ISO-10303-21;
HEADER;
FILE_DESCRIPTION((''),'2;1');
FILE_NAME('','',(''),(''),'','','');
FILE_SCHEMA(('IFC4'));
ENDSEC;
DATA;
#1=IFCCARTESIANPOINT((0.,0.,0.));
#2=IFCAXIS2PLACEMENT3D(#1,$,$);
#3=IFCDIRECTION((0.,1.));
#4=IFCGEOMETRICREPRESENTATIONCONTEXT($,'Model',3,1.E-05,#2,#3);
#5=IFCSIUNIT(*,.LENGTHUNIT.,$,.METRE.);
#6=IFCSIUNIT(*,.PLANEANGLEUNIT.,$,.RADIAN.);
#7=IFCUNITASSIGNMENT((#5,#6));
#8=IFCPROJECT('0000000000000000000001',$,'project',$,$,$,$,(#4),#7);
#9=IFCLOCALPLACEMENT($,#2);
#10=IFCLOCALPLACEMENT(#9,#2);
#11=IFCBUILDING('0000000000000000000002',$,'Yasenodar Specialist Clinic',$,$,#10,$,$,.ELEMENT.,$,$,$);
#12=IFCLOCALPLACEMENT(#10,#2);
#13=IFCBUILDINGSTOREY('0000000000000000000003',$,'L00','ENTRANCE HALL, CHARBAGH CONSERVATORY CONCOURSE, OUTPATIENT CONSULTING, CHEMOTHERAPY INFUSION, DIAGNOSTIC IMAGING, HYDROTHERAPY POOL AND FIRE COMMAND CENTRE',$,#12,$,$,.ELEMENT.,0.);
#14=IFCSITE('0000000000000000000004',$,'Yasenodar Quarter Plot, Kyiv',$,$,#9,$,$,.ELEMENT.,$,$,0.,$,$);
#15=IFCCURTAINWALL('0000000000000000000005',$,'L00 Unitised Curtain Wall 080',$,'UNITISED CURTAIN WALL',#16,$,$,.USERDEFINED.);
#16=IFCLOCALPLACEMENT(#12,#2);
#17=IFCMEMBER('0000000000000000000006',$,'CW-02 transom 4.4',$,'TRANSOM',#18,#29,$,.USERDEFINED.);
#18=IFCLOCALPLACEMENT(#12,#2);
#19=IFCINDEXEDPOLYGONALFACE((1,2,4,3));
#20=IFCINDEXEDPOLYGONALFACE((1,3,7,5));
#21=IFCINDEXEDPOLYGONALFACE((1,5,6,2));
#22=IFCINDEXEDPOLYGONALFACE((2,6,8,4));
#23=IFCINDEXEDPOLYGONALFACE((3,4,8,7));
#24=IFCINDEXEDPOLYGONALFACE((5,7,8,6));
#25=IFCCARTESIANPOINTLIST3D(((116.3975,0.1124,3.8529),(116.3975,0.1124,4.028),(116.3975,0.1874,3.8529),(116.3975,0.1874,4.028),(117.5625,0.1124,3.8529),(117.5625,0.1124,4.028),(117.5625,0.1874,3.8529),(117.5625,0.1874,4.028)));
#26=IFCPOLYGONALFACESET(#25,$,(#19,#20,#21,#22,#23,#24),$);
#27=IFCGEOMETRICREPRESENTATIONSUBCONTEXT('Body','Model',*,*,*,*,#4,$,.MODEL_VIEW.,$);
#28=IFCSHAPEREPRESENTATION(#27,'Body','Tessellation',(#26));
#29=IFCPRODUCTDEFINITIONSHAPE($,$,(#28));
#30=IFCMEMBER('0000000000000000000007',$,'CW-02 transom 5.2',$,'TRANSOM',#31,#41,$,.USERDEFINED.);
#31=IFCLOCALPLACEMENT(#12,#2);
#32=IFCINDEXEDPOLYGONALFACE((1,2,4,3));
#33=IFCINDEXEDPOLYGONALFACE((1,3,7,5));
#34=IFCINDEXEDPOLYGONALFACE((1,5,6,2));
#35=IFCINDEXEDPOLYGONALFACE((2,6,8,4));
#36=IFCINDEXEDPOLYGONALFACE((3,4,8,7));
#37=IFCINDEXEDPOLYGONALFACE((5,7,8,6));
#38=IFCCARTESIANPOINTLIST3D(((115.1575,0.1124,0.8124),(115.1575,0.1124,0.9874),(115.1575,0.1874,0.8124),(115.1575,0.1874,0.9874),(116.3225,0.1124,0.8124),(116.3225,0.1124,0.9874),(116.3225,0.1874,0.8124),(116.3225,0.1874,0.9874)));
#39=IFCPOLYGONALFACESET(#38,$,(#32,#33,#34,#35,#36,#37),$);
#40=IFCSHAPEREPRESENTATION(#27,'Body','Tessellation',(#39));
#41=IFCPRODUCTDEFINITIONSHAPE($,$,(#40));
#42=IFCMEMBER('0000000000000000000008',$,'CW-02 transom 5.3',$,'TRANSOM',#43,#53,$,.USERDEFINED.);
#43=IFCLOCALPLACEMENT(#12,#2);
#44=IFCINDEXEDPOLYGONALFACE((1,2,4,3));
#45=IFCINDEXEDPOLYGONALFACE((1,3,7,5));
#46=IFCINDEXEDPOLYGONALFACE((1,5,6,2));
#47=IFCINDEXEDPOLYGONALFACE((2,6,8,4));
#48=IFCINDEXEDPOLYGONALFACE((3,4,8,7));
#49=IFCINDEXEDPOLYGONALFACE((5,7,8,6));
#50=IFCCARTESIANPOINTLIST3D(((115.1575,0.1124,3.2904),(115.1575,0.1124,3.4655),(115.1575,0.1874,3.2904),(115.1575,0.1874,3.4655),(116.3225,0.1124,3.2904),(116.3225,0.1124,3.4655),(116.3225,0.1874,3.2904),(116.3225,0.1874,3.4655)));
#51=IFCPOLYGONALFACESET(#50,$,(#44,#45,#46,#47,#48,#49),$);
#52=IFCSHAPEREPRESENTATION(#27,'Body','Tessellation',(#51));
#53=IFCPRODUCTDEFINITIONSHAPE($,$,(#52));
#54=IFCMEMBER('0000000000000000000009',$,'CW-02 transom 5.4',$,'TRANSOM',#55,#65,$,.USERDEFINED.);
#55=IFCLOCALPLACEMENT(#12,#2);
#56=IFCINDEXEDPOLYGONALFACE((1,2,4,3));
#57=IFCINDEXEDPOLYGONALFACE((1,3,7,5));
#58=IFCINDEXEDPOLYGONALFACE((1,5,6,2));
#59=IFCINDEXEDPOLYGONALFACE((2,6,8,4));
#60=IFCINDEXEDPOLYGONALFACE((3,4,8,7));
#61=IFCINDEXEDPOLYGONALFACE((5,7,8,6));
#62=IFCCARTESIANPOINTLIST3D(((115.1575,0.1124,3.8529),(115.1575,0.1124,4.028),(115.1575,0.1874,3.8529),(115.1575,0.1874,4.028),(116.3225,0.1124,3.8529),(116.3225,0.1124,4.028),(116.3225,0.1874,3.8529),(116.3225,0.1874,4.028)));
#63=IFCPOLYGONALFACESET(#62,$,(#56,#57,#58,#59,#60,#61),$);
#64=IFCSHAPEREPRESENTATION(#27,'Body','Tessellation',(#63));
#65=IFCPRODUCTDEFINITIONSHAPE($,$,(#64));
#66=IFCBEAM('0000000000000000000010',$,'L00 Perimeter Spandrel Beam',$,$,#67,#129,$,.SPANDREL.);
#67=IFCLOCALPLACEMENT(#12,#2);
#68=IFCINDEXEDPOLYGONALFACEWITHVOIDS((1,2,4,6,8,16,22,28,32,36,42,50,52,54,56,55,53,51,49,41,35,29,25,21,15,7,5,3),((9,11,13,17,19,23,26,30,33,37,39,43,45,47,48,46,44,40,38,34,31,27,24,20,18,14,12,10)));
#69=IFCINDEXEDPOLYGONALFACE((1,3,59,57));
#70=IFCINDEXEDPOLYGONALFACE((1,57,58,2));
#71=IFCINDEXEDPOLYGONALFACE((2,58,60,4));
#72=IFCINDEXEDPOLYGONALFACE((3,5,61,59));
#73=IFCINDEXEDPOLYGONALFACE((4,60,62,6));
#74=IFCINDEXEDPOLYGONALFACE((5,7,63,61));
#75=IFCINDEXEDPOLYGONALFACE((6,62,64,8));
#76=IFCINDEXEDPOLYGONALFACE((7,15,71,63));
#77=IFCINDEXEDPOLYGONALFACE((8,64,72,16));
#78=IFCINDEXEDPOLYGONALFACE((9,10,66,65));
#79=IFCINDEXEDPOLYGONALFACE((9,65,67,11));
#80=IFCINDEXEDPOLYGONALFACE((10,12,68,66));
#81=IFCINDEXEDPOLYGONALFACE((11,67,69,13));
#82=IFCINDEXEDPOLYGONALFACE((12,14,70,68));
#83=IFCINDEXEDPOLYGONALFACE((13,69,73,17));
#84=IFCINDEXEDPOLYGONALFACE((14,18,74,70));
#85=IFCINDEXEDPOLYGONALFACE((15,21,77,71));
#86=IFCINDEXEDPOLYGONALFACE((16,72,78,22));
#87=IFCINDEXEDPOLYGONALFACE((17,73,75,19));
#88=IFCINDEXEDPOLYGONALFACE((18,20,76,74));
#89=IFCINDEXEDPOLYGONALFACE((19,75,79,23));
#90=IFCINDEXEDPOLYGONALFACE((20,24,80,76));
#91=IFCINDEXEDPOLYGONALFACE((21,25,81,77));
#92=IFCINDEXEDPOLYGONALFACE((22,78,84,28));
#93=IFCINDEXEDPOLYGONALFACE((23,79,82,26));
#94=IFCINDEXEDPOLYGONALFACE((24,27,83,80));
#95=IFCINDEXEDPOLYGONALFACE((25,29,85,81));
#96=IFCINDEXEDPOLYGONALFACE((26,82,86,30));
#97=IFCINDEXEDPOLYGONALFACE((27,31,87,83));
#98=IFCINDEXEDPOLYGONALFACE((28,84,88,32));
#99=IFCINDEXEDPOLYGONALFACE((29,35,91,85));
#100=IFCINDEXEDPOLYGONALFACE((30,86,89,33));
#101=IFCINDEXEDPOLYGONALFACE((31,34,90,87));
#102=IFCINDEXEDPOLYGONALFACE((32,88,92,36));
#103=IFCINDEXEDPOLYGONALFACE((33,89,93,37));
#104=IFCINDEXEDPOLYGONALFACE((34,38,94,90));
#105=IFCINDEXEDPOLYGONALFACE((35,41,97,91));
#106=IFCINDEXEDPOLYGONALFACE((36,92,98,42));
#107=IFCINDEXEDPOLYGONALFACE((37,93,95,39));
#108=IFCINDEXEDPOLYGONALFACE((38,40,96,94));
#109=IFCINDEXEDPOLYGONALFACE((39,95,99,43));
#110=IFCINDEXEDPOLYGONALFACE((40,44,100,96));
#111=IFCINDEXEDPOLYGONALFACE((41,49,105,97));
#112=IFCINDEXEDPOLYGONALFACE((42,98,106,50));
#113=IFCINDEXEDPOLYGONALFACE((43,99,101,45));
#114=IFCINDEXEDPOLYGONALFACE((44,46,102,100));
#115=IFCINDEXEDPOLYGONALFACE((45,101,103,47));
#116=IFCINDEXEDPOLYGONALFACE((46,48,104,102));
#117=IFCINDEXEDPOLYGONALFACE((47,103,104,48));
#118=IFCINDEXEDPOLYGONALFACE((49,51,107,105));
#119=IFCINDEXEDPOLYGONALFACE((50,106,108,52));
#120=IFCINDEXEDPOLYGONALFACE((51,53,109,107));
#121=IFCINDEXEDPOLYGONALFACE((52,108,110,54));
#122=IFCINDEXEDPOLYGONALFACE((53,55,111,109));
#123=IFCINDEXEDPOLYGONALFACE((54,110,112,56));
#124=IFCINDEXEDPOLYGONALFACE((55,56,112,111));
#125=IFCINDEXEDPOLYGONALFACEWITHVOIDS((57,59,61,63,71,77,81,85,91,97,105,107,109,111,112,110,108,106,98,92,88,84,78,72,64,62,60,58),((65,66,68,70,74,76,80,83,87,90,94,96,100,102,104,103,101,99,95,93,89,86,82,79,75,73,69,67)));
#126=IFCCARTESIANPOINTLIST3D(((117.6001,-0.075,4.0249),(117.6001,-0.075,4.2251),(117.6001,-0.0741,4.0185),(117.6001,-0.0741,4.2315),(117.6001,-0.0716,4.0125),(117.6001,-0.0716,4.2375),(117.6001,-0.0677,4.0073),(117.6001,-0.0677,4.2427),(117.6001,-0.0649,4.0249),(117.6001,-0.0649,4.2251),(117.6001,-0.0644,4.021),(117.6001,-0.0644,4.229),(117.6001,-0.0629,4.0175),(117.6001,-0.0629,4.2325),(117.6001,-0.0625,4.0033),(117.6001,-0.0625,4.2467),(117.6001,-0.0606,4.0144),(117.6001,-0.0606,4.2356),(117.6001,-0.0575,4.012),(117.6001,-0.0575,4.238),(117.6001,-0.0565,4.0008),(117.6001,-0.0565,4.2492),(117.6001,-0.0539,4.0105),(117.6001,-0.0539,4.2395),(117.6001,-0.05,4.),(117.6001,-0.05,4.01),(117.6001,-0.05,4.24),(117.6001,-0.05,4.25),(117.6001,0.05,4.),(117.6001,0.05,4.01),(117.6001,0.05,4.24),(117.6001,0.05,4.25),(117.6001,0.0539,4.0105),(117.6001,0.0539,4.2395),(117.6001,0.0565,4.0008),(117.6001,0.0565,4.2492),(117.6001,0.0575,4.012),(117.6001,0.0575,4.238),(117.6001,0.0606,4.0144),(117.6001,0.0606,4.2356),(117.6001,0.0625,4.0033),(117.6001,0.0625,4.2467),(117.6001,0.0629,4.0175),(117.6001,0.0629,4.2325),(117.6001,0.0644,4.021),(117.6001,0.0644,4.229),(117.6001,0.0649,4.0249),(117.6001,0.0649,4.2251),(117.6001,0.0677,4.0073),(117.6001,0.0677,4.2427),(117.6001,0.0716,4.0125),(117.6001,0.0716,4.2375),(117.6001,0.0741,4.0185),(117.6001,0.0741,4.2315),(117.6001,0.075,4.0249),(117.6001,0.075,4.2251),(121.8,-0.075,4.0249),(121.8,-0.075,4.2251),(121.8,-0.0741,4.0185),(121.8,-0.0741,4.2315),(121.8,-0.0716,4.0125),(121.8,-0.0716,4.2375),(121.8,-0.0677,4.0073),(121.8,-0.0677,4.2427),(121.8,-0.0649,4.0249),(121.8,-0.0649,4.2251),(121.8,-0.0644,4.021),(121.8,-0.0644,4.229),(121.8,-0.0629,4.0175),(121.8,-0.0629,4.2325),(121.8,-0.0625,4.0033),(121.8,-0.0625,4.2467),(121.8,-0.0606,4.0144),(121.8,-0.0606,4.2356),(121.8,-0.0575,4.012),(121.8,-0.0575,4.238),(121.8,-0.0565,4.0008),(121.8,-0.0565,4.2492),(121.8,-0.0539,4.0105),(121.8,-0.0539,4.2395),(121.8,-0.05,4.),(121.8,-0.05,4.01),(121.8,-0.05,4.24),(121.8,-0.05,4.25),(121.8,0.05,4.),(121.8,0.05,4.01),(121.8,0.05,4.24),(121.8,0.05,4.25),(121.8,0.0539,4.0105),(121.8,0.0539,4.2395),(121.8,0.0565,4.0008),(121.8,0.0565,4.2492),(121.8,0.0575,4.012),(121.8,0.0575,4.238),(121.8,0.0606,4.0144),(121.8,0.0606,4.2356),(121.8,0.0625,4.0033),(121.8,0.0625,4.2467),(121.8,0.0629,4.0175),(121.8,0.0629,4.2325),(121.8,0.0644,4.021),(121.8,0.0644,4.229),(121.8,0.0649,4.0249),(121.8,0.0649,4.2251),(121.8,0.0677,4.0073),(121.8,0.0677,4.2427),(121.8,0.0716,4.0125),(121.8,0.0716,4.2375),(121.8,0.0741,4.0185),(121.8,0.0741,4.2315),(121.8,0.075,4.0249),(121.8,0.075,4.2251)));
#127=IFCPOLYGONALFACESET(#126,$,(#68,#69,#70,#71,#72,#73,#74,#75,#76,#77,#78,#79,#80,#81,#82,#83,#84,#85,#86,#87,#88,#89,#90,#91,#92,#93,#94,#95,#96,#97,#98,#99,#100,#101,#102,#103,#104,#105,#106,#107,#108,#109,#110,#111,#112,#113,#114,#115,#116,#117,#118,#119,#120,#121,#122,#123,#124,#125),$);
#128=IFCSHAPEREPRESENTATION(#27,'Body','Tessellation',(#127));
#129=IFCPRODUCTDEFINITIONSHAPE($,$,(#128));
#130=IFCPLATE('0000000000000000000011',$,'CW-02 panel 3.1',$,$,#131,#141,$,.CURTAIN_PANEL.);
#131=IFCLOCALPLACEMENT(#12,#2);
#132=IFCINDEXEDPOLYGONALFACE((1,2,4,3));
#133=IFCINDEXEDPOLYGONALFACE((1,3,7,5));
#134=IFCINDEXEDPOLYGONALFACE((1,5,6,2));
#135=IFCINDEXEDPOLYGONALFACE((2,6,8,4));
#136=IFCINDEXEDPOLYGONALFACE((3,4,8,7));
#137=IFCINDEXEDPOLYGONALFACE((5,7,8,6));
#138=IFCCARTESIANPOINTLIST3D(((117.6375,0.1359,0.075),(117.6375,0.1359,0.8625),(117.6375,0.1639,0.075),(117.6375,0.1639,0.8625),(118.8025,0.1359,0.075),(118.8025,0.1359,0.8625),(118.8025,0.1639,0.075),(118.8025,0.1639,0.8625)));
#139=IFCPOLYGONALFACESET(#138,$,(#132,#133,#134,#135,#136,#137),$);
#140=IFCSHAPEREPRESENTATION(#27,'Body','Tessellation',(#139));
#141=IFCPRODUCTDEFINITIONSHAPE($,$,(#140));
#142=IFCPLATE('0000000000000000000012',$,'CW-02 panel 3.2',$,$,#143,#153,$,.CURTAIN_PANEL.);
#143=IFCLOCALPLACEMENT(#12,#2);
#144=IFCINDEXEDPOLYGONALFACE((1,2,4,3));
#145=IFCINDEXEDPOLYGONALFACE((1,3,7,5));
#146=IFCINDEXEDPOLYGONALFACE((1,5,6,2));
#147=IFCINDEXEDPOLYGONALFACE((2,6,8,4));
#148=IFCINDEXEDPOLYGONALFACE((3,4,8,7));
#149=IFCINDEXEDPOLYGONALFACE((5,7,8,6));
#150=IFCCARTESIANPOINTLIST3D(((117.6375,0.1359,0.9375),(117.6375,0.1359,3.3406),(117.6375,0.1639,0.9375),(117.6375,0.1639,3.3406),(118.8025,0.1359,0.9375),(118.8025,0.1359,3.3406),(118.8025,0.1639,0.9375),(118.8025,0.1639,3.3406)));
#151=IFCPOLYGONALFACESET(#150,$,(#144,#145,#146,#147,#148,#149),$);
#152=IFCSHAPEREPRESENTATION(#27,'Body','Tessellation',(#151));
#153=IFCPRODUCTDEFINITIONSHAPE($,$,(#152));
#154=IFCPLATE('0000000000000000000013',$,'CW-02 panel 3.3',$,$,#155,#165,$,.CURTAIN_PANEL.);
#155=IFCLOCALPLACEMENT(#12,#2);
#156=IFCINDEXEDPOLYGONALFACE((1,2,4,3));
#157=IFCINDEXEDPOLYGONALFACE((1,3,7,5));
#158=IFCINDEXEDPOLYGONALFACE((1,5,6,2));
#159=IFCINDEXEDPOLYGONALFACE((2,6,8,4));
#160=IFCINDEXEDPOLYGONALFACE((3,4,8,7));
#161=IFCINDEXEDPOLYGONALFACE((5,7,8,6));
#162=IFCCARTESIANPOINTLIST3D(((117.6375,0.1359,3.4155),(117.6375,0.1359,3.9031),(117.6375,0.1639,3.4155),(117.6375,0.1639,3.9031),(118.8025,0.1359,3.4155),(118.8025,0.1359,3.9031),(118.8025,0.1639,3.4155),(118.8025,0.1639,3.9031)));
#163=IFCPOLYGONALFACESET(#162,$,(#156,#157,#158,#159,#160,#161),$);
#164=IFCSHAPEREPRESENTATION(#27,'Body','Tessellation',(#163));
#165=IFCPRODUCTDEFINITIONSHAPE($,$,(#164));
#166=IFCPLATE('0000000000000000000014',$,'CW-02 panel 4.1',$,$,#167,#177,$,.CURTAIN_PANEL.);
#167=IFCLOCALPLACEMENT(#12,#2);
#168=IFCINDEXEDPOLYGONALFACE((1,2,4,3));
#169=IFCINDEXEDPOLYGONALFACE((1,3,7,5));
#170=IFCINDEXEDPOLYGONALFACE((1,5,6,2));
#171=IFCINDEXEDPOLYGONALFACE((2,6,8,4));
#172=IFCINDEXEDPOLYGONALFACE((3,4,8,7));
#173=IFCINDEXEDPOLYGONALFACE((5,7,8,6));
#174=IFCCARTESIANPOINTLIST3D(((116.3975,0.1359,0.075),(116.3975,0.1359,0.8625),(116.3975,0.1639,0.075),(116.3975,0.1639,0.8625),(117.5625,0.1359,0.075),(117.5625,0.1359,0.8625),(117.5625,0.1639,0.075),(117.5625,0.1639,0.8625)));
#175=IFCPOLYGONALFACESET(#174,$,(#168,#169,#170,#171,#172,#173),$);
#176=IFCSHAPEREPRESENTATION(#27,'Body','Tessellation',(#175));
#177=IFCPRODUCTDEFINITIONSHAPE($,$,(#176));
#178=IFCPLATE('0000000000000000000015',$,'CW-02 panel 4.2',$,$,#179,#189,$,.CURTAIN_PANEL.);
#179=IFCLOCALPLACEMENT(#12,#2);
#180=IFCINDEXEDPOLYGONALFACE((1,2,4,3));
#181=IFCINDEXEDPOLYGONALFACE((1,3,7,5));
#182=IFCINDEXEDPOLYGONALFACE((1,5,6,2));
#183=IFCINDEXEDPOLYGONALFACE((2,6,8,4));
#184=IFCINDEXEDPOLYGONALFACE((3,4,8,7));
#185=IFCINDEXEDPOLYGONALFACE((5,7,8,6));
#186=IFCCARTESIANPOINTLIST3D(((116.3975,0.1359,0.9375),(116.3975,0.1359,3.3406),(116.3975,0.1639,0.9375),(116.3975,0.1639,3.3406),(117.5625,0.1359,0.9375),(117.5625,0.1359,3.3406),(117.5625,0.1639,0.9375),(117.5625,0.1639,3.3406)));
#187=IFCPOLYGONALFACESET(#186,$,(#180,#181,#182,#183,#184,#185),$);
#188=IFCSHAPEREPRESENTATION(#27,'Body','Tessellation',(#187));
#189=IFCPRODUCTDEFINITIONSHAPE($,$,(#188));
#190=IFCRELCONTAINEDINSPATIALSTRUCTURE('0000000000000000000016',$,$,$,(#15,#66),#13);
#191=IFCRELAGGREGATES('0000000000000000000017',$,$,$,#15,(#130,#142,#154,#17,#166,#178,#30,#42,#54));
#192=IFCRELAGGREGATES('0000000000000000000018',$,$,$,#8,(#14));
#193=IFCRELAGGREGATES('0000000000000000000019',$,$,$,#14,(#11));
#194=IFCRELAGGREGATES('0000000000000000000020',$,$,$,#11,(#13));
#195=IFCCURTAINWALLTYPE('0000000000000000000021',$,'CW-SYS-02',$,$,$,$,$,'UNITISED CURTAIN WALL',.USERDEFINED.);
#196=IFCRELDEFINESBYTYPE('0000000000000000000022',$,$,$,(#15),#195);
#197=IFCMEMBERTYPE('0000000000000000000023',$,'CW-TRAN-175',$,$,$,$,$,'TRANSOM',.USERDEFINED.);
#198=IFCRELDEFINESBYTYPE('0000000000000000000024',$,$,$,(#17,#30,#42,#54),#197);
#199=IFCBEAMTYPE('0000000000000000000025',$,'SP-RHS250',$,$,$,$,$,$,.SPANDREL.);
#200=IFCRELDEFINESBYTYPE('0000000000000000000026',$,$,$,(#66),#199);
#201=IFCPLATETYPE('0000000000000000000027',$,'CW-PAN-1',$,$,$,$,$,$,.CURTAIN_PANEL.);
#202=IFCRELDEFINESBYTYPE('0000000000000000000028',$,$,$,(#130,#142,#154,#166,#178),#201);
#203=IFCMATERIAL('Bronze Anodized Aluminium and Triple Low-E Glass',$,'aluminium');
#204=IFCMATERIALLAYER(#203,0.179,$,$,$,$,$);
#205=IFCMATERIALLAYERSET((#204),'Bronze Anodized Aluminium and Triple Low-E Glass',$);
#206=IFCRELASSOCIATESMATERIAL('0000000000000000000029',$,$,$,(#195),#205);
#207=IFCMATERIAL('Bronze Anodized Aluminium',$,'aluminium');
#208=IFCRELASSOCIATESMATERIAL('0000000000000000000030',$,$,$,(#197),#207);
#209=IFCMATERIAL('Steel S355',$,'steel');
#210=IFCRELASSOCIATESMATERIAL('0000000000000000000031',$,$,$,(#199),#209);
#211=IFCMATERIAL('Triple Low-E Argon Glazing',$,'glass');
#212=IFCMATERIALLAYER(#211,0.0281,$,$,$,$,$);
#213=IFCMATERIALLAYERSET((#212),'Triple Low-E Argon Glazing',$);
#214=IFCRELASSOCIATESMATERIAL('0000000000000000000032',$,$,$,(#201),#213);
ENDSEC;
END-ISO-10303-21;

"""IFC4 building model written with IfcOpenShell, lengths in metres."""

from ifc_helpers import new_model, si_unit, direction, frame, origin, origin_2d, place, context, subcontext, project, spatial, rectangle, hollow_rectangle, extrude, material, layer, layer_set, material_profile, profile_set, type_object, element, aggregate, save


model = new_model("IFC4")

# Units and contexts
model_context = context("Model", 3, precision=1e-05, world=origin(), true_north=direction((0.0, 1.0)))
body_context = subcontext(model_context, "Body", "Model", "MODEL_VIEW")
ifc_project = project(units=[si_unit("LENGTHUNIT", "METRE"), si_unit("PLANEANGLEUNIT", "RADIAN")], contexts=[model_context])

# Site, building, storey
site_placement = place(None, origin())
site = spatial("IfcSite", under=ifc_project, at=site_placement, Name="Yasenodar Quarter Plot, Kyiv", CompositionType="ELEMENT", RefElevation=0.0)
building_placement = place(site_placement, origin())
building = spatial("IfcBuilding", under=site, at=building_placement, Name="Yasenodar Specialist Clinic", CompositionType="ELEMENT")
storey_placement = place(building_placement, origin())
storey = spatial("IfcBuildingStorey", under=building, at=storey_placement, Name="L00", Description="ENTRANCE HALL, CHARBAGH CONSERVATORY CONCOURSE, OUTPATIENT CONSULTING, CHEMOTHERAPY INFUSION, DIAGNOSTIC IMAGING, HYDROTHERAPY POOL AND FIRE COMMAND CENTRE", CompositionType="ELEMENT", Elevation=0.0)

# Shared definitions
ifc_material_1 = material(Name="Steel S355", Category="steel")

# Curtain wall, members
ifc_material_2 = material(Name="Bronze Anodized Aluminium and Triple Low-E Glass", Category="aluminium")
ifc_layer_1 = layer(ifc_material_2, 0.179)
ifc_layer_set_1 = layer_set([ifc_layer_1], Name="Bronze Anodized Aluminium and Triple Low-E Glass")
curtain_wall_type = type_object("IfcCurtainWallType", Name="CW-SYS-02", ElementType="UNITISED CURTAIN WALL", PredefinedType="USERDEFINED", material=ifc_layer_set_1)
curtain_wall_placement = place(storey_placement, origin())
curtain_wall = element("IfcCurtainWall", 1, at=curtain_wall_placement, inside=storey, type_object=curtain_wall_type, Name="L00 Unitised Curtain Wall 080", ObjectType="UNITISED CURTAIN WALL", PredefinedType="USERDEFINED")
ifc_material_3 = material(Name="Bronze Anodized Aluminium", Category="aluminium")
ifc_material_profile_1 = material_profile(ifc_material_3, rectangle(XDim=0.075, YDim=0.175, at=origin_2d()), Name="CW-TRAN 75x175")
ifc_profile_set_1 = profile_set([ifc_material_profile_1], Name="Bronze Anodized Aluminium")
member_type_1 = type_object("IfcMemberType", Name="CW-TRAN-175", ElementType="TRANSOM", PredefinedType="USERDEFINED", material=ifc_profile_set_1)
member_1_placement = place(storey_placement, frame((117.5625, 0.1499, 3.9404), z_axis=(-1.0, 0.0, 0.0), x_axis=(0.0, -1.0, 0.0)))
member_1 = element("IfcMember", 2, at=member_1_placement, type_object=member_type_1, Name="CW-02 transom 4.4", ObjectType="TRANSOM", PredefinedType="USERDEFINED", context=body_context, shape_type="SweptSolid", body=[
    extrude(rectangle(XDim=0.075, YDim=0.175, at=origin_2d()), origin(), (0.0, 0.0, 1.0), 1.165),
])
member_2_placement = place(storey_placement, frame((116.3225, 0.1499, 0.8999), z_axis=(-1.0, 0.0, 0.0), x_axis=(0.0, -1.0, 0.0)))
member_2 = element("IfcMember", 3, at=member_2_placement, type_object=member_type_1, Name="CW-02 transom 5.2", ObjectType="TRANSOM", PredefinedType="USERDEFINED", context=body_context, shape_type="SweptSolid", body=[
    extrude(rectangle(XDim=0.075, YDim=0.175, at=origin_2d()), origin(), (0.0, 0.0, 1.0), 1.165),
])
member_3_placement = place(storey_placement, frame((116.3225, 0.1499, 3.3779), z_axis=(-1.0, 0.0, 0.0), x_axis=(0.0, -1.0, 0.0)))
member_3 = element("IfcMember", 4, at=member_3_placement, type_object=member_type_1, Name="CW-02 transom 5.3", ObjectType="TRANSOM", PredefinedType="USERDEFINED", context=body_context, shape_type="SweptSolid", body=[
    extrude(rectangle(XDim=0.075, YDim=0.175, at=origin_2d()), origin(), (0.0, 0.0, 1.0), 1.165),
])
member_4_placement = place(storey_placement, frame((116.3225, 0.1499, 3.9404), z_axis=(-1.0, 0.0, 0.0), x_axis=(0.0, -1.0, 0.0)))
member_4 = element("IfcMember", 5, at=member_4_placement, type_object=member_type_1, Name="CW-02 transom 5.4", ObjectType="TRANSOM", PredefinedType="USERDEFINED", context=body_context, shape_type="SweptSolid", body=[
    extrude(rectangle(XDim=0.075, YDim=0.175, at=origin_2d()), origin(), (0.0, 0.0, 1.0), 1.165),
])

# Beam
ifc_material_profile_2 = material_profile(ifc_material_1, hollow_rectangle(XDim=0.1499, YDim=0.25, WallThickness=0.01, InnerFilletRadius=0.0149, OuterFilletRadius=0.0249, at=origin_2d()), Name="RHS 250x150x10")
ifc_profile_set_2 = profile_set([ifc_material_profile_2], Name="Steel S355")
beam_type = type_object("IfcBeamType", Name="SP-RHS250", PredefinedType="SPANDREL", material=ifc_profile_set_2)
beam_placement = place(storey_placement, frame((117.6001, 0.0, 4.125), z_axis=(1.0, 0.0, 0.0), x_axis=(0.0, 1.0, 0.0)))
element("IfcBeam", 6, at=beam_placement, inside=storey, type_object=beam_type, Name="L00 Perimeter Spandrel Beam", PredefinedType="SPANDREL", context=body_context, shape_type="SweptSolid", body=[
    extrude(hollow_rectangle(XDim=0.1499, YDim=0.25, WallThickness=0.01, InnerFilletRadius=0.0149, OuterFilletRadius=0.0249, at=origin_2d()), origin(), (0.0, 0.0, 1.0), 4.2),
])

# Plates
ifc_material_4 = material(Name="Triple Low-E Argon Glazing", Category="glass")
ifc_layer_2 = layer(ifc_material_4, 0.0281)
ifc_layer_set_2 = layer_set([ifc_layer_2], Name="Triple Low-E Argon Glazing")
plate_type = type_object("IfcPlateType", Name="CW-PAN-1", PredefinedType="CURTAIN_PANEL", material=ifc_layer_set_2)
plate_1_placement = place(storey_placement, frame((118.22, 0.1499, 0.075), z_axis=(0.0, 0.0, 1.0), x_axis=(-1.0, 0.0, 0.0)))
plate_1 = element("IfcPlate", 7, at=plate_1_placement, type_object=plate_type, Name="CW-02 panel 3.1", PredefinedType="CURTAIN_PANEL", context=body_context, shape_type="SweptSolid", body=[
    extrude(rectangle(XDim=1.165, YDim=0.0281, at=origin_2d()), origin(), (0.0, 0.0, 1.0), 0.7876),
])
plate_2_placement = place(storey_placement, frame((118.22, 0.1499, 0.9375), z_axis=(0.0, 0.0, 1.0), x_axis=(-1.0, 0.0, 0.0)))
plate_2 = element("IfcPlate", 8, at=plate_2_placement, type_object=plate_type, Name="CW-02 panel 3.2", PredefinedType="CURTAIN_PANEL", context=body_context, shape_type="SweptSolid", body=[
    extrude(rectangle(XDim=1.165, YDim=0.0281, at=origin_2d()), origin(), (0.0, 0.0, 1.0), 2.4031),
])
plate_3_placement = place(storey_placement, frame((118.22, 0.1499, 3.4155), z_axis=(0.0, 0.0, 1.0), x_axis=(-1.0, 0.0, 0.0)))
plate_3 = element("IfcPlate", 9, at=plate_3_placement, type_object=plate_type, Name="CW-02 panel 3.3", PredefinedType="CURTAIN_PANEL", context=body_context, shape_type="SweptSolid", body=[
    extrude(rectangle(XDim=1.165, YDim=0.0281, at=origin_2d()), origin(), (0.0, 0.0, 1.0), 0.4875),
])
plate_4_placement = place(storey_placement, frame((116.98, 0.1499, 0.075), z_axis=(0.0, 0.0, 1.0), x_axis=(-1.0, 0.0, 0.0)))
plate_4 = element("IfcPlate", 10, at=plate_4_placement, type_object=plate_type, Name="CW-02 panel 4.1", PredefinedType="CURTAIN_PANEL", context=body_context, shape_type="SweptSolid", body=[
    extrude(rectangle(XDim=1.165, YDim=0.0281, at=origin_2d()), origin(), (0.0, 0.0, 1.0), 0.7876),
])
plate_5_placement = place(storey_placement, frame((116.98, 0.1499, 0.9375), z_axis=(0.0, 0.0, 1.0), x_axis=(-1.0, 0.0, 0.0)))
plate_5 = element("IfcPlate", 11, at=plate_5_placement, type_object=plate_type, Name="CW-02 panel 4.2", PredefinedType="CURTAIN_PANEL", context=body_context, shape_type="SweptSolid", body=[
    extrude(rectangle(XDim=1.165, YDim=0.0281, at=origin_2d()), origin(), (0.0, 0.0, 1.0), 2.4031),
])
aggregate(curtain_wall, [plate_1, plate_2, plate_3, member_1, plate_4, plate_5, member_2, member_3, member_4])

save(model, "model.ifc")
